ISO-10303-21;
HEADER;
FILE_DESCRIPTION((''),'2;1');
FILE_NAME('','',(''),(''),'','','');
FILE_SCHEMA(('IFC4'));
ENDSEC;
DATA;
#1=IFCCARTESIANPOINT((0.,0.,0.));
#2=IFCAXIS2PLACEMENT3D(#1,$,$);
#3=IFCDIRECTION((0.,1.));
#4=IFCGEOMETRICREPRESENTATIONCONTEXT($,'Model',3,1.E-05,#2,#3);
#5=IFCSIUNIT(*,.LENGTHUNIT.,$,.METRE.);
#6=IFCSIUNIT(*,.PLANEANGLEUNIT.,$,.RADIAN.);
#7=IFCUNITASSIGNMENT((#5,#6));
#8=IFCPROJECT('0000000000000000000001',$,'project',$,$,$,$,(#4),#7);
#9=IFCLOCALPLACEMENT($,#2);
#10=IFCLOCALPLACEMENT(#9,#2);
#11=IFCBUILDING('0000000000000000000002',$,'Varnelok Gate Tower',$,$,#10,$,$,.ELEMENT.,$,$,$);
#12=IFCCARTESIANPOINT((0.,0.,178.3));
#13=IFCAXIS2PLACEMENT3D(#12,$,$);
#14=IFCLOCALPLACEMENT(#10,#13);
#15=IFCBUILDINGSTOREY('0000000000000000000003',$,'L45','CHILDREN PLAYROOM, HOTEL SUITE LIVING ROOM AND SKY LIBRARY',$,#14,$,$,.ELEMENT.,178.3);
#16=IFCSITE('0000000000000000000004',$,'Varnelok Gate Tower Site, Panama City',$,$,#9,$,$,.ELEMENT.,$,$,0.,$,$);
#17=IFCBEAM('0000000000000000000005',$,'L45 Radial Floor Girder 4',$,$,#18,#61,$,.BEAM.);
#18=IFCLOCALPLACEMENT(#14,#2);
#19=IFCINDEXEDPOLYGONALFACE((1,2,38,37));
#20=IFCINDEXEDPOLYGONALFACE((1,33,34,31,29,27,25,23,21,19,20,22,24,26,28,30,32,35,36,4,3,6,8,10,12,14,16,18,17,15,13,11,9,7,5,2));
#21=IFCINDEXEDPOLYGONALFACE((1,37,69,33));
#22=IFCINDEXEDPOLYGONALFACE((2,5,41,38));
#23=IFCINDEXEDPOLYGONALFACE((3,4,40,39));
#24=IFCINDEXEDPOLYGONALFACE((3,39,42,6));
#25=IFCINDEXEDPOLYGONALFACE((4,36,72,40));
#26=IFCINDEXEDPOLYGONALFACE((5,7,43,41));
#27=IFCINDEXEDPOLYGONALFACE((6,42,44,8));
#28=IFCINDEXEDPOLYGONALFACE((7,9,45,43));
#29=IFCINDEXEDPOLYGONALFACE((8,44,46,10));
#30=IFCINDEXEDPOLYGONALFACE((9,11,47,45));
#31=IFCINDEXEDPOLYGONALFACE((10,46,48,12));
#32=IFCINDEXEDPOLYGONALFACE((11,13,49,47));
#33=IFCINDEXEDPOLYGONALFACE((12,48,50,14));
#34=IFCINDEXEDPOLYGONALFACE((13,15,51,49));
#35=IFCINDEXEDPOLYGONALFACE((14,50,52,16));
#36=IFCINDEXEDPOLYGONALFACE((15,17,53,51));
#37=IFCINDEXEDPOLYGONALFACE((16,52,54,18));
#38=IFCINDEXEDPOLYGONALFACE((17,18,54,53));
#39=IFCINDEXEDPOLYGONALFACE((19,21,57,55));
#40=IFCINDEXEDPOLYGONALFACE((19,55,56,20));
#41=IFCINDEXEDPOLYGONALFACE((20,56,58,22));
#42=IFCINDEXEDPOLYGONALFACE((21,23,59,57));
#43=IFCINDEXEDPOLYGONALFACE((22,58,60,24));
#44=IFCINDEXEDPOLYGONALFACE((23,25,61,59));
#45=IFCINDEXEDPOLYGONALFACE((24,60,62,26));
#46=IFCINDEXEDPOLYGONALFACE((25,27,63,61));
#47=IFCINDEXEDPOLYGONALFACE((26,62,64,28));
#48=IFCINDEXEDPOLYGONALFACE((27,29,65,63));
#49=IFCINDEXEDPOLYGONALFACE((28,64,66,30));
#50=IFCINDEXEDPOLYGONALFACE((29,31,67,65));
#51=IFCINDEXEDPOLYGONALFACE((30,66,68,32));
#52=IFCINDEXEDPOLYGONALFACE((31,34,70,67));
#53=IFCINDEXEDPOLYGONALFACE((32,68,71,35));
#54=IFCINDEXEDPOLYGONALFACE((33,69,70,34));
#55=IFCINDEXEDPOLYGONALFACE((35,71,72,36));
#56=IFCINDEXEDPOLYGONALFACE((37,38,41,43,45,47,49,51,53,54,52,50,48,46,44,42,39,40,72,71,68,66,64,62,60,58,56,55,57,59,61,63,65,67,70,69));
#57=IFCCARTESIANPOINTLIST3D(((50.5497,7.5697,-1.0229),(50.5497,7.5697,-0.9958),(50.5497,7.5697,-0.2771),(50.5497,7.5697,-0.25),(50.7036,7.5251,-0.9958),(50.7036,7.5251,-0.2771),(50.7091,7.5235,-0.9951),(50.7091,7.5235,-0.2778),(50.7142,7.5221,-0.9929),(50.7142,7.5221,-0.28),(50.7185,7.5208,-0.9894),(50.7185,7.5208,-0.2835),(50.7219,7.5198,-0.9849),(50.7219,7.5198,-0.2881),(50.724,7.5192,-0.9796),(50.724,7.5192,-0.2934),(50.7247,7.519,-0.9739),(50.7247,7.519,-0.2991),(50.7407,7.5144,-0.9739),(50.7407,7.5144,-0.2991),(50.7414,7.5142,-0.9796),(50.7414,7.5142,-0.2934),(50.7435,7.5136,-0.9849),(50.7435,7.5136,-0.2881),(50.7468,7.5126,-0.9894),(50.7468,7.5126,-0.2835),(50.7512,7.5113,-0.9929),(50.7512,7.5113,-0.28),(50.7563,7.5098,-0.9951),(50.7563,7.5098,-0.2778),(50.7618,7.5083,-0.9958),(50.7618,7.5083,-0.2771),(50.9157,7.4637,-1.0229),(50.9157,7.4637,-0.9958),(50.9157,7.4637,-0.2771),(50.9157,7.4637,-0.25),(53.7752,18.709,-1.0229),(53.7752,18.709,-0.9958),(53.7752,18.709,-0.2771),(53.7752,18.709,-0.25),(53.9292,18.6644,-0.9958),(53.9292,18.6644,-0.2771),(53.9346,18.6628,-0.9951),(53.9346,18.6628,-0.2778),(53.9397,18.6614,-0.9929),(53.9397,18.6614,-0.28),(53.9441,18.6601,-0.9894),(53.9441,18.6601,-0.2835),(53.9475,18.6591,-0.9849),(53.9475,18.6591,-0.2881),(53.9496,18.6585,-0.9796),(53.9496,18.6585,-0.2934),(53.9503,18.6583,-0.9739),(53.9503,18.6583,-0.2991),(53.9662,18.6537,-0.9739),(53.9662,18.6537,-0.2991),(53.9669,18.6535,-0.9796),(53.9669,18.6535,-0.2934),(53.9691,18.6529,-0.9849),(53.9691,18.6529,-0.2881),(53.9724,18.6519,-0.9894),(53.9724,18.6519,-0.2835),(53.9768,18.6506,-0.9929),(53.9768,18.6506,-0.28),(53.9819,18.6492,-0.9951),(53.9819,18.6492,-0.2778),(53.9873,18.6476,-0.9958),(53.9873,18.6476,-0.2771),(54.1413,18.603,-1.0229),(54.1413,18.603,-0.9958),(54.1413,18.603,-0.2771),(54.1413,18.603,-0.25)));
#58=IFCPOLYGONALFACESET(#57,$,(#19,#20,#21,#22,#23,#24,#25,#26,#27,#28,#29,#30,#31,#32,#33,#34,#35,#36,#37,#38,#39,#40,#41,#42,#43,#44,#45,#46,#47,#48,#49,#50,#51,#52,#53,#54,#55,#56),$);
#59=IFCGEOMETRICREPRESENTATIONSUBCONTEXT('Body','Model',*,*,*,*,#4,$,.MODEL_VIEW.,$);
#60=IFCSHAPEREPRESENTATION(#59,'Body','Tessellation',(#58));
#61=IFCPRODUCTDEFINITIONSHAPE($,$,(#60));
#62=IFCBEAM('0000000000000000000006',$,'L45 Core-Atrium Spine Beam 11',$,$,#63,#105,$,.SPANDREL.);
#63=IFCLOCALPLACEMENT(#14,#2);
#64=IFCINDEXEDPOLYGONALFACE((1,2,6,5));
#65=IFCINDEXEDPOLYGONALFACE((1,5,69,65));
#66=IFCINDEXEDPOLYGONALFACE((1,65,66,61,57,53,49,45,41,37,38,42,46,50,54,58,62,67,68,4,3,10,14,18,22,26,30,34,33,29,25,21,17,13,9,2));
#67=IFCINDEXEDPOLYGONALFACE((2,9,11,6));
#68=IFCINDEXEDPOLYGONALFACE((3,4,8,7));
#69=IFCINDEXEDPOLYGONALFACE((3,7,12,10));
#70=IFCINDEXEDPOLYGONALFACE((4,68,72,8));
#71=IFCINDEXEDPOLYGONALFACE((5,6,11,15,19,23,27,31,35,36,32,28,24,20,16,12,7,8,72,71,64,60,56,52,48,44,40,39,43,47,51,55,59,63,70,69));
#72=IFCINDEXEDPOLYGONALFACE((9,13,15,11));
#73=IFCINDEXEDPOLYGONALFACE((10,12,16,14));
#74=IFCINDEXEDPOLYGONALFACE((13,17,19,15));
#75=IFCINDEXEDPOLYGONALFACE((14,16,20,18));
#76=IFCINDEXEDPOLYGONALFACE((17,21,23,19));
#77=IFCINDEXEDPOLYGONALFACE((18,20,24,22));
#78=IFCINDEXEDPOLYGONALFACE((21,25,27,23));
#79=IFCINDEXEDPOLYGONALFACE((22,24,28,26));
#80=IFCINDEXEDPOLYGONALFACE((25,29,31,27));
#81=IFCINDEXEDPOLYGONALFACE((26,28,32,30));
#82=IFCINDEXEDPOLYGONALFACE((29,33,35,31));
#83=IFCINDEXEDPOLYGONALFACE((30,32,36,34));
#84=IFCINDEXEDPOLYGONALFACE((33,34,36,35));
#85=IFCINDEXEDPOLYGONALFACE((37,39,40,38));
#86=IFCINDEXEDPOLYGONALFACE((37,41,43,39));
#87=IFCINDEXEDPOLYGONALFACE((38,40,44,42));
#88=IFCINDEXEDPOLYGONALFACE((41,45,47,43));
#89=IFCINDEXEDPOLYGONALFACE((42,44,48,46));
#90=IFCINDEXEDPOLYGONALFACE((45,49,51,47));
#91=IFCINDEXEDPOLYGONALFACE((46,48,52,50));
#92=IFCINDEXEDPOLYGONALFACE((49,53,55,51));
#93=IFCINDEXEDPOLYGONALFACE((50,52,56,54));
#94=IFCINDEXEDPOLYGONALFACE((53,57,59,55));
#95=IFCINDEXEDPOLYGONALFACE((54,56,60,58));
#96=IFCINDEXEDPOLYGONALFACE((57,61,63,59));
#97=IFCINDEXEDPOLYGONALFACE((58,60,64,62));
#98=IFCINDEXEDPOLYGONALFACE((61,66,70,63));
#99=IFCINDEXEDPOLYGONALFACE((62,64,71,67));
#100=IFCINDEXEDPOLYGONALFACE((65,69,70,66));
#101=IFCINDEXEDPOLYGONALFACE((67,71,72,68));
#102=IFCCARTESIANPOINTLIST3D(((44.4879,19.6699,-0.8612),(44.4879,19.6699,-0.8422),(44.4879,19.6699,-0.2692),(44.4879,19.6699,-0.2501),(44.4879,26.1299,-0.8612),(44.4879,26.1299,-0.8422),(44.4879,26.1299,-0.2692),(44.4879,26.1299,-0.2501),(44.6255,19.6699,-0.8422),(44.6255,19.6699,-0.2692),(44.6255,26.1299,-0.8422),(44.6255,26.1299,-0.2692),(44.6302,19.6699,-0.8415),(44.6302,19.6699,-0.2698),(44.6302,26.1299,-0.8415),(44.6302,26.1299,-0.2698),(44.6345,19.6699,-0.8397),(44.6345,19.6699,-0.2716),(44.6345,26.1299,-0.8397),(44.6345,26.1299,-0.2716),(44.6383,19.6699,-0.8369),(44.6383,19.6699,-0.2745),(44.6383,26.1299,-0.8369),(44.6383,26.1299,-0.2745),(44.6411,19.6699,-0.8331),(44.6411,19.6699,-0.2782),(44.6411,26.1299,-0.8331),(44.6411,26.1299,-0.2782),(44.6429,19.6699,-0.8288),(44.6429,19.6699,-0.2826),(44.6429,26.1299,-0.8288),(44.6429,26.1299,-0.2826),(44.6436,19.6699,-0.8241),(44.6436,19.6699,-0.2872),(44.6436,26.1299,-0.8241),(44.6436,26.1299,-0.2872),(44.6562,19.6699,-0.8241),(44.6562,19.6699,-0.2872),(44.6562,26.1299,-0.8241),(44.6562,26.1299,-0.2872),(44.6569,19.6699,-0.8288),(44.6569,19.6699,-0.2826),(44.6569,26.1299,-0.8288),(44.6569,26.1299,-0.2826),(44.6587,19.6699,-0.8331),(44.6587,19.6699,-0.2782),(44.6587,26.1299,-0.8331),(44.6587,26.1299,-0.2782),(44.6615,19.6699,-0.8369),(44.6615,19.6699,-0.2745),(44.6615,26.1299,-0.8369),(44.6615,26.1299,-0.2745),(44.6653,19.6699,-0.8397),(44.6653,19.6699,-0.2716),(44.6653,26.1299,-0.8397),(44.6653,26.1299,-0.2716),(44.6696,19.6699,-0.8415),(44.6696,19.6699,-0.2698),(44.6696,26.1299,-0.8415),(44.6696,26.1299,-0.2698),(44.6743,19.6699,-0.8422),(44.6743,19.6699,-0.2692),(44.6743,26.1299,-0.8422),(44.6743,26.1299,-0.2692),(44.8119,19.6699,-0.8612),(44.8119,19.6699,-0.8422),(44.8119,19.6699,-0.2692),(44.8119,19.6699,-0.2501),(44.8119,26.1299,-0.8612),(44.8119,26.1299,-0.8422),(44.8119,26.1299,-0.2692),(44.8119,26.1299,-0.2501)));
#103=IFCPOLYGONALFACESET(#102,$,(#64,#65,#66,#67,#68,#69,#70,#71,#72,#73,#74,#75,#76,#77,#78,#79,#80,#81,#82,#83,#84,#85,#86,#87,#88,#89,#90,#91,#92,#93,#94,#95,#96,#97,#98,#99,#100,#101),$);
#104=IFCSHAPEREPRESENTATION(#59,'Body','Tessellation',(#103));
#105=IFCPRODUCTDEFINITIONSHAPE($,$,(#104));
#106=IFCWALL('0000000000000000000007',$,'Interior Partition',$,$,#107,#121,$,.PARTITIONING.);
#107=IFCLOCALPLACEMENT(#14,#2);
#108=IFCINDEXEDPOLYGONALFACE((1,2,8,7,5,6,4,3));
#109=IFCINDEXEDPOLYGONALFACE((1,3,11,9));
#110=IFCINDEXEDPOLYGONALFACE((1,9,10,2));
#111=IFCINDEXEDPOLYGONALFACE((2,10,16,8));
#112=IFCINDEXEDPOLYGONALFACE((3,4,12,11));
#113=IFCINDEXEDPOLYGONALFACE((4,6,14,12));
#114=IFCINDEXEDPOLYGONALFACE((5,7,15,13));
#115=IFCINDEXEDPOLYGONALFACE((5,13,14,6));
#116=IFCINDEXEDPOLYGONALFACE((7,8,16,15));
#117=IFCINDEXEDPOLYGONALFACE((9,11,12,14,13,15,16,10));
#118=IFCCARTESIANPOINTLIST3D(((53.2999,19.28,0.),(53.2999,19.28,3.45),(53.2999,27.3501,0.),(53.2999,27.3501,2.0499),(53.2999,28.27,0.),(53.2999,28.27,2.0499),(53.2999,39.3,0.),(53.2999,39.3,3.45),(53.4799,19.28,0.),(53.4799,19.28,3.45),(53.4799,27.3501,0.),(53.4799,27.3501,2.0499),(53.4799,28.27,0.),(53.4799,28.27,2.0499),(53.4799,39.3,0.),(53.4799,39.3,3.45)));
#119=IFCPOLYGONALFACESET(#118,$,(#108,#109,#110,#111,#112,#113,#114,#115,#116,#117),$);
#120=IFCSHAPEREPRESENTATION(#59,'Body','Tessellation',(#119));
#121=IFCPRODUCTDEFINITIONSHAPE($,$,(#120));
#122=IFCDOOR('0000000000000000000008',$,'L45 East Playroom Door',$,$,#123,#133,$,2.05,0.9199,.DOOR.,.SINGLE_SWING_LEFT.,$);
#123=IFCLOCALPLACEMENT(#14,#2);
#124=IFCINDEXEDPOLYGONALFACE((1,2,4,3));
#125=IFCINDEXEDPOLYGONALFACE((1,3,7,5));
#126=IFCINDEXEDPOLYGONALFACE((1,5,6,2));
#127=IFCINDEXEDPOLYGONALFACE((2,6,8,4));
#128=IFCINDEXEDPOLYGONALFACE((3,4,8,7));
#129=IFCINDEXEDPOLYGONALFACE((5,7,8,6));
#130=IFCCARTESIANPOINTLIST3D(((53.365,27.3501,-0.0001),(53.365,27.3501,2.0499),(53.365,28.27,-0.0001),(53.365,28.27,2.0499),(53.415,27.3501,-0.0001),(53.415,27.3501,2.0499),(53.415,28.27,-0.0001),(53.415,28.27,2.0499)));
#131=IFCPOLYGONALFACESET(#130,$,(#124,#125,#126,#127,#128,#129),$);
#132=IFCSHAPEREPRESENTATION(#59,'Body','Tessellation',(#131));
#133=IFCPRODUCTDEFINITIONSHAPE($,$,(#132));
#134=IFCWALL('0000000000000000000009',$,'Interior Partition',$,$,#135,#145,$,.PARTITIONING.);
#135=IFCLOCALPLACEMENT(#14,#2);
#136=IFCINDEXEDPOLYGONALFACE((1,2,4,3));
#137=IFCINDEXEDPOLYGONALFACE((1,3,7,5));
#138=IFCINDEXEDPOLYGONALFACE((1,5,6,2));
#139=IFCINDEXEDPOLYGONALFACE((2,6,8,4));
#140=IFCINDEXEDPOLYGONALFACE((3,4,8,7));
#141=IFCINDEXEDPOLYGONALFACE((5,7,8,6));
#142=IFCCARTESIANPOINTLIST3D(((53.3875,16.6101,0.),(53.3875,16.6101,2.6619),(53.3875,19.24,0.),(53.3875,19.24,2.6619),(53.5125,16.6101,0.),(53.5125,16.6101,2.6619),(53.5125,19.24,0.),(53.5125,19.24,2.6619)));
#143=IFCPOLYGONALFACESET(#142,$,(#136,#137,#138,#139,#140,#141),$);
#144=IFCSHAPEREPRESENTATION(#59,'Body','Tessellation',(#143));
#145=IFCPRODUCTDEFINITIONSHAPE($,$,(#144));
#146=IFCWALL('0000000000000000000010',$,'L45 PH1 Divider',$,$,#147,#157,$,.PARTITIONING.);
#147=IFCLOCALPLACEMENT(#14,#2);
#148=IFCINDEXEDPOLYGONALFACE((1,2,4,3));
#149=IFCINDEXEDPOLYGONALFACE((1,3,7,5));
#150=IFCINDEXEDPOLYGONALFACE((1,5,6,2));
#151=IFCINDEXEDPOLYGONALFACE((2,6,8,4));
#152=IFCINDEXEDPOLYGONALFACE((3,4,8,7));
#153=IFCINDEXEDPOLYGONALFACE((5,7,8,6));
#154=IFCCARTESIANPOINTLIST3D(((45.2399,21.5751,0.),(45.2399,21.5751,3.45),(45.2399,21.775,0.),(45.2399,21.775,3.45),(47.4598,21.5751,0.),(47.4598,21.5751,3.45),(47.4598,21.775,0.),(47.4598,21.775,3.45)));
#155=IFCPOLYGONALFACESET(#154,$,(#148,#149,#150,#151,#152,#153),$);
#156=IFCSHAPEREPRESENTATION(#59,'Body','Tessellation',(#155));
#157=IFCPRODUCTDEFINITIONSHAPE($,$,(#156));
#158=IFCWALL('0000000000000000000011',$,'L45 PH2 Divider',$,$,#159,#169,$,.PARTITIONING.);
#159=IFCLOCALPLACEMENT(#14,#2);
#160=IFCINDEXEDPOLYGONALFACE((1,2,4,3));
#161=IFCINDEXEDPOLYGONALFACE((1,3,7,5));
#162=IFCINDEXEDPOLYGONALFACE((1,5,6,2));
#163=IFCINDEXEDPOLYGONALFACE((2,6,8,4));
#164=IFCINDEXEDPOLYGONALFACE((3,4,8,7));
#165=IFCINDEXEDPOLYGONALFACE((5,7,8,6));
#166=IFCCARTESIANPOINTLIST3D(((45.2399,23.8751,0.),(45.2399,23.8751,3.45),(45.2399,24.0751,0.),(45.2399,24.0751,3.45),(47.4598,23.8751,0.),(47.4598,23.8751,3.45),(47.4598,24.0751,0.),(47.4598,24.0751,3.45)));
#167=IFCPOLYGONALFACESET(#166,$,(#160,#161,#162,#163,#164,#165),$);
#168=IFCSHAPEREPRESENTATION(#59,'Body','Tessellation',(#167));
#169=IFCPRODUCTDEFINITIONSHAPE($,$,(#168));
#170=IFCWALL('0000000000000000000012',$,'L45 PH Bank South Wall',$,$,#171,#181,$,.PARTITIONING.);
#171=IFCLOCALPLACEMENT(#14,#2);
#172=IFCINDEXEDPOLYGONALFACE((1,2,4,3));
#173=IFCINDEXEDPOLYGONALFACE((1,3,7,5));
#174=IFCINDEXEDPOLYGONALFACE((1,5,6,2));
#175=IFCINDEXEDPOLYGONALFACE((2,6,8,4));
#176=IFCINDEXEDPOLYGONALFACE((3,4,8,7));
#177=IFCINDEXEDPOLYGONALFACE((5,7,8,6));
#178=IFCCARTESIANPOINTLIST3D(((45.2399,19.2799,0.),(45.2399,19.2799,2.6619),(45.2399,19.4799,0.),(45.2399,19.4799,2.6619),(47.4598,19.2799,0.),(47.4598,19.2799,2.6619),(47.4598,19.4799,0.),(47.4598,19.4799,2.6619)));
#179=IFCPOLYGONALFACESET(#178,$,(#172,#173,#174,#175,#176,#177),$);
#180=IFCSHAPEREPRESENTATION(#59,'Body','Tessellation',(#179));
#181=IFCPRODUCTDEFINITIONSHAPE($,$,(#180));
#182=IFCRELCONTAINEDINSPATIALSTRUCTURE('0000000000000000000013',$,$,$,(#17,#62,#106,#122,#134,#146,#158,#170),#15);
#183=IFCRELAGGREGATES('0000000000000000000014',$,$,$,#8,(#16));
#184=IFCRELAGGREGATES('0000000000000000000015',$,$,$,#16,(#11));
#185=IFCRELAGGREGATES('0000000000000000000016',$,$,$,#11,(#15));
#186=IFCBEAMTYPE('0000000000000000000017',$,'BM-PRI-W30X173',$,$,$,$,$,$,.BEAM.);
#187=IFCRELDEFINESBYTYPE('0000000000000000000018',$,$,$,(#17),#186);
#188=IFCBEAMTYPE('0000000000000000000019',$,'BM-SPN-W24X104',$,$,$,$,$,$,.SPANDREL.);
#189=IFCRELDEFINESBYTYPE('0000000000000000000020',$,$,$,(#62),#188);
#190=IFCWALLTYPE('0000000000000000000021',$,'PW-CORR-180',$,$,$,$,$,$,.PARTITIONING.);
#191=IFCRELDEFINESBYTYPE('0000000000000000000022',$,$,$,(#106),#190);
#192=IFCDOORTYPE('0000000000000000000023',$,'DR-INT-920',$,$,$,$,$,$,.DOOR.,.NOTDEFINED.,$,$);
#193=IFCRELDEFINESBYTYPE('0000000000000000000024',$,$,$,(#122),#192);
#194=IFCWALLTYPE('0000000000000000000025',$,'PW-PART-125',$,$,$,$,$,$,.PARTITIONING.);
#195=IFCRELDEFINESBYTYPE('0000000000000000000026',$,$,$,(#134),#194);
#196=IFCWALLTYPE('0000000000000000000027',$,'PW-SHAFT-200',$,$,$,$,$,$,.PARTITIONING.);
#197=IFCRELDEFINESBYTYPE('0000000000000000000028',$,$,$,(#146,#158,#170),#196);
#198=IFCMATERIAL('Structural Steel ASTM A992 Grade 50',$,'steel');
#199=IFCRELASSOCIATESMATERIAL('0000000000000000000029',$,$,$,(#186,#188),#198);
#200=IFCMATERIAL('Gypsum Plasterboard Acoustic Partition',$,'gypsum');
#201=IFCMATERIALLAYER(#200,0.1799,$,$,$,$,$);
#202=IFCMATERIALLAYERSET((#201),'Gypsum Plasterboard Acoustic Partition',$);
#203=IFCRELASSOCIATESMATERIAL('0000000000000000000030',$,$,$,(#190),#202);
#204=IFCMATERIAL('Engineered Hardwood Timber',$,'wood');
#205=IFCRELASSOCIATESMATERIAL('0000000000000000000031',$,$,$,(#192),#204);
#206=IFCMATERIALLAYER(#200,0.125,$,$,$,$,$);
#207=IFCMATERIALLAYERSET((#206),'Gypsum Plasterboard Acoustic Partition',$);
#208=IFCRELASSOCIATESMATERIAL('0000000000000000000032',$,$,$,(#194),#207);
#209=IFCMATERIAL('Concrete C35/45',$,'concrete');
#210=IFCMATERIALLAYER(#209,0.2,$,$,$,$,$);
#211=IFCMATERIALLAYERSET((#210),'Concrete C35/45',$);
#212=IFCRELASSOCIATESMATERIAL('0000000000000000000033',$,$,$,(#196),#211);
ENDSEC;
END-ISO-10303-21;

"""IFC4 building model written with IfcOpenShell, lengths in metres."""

from ifc_helpers import new_model, si_unit, direction, frame, frame_2d, origin, origin_2d, place, context, subcontext, project, spatial, rectangle, i_section, extrude, material, layer, layer_set, material_profile, profile_set, type_object, element, fill, save


model = new_model("IFC4")

# Units and contexts
model_context = context("Model", 3, precision=1e-05, world=origin(), true_north=direction((0.0, 1.0)))
body_context = subcontext(model_context, "Body", "Model", "MODEL_VIEW")
ifc_project = project(units=[si_unit("LENGTHUNIT", "METRE"), si_unit("PLANEANGLEUNIT", "RADIAN")], contexts=[model_context])

# Site, building, storey
site_placement = place(None, origin())
site = spatial("IfcSite", under=ifc_project, at=site_placement, Name="Varnelok Gate Tower Site, Panama City", CompositionType="ELEMENT", RefElevation=0.0)
building_placement = place(site_placement, origin())
building = spatial("IfcBuilding", under=site, at=building_placement, Name="Varnelok Gate Tower", CompositionType="ELEMENT")
storey_placement = place(building_placement, frame((0.0, 0.0, 178.3)))
storey = spatial("IfcBuildingStorey", under=building, at=storey_placement, Name="L45", Description="CHILDREN PLAYROOM, HOTEL SUITE LIVING ROOM AND SKY LIBRARY", CompositionType="ELEMENT", Elevation=178.3)

# Shared definitions
ifc_material_1 = material(Name="Structural Steel ASTM A992 Grade 50", Category="steel")

# Beams
ifc_material_profile_1 = material_profile(ifc_material_1, i_section(OverallWidth=0.3811, OverallDepth=0.7729, WebThickness=0.0166, FlangeThickness=0.0271, FilletRadius=0.022, at=origin_2d()), Name="W30X173")
ifc_profile_set_1 = profile_set([ifc_material_profile_1], Name="Structural Steel ASTM A992 Grade 50")
beam_type_1 = type_object("IfcBeamType", Name="BM-PRI-W30X173", PredefinedType="BEAM", material=ifc_profile_set_1)
beam_1_placement = place(storey_placement, frame((53.9583, 18.656, -0.6365), z_axis=(-0.278139, -0.960541, 0.0), x_axis=(0.960541, -0.278139, 0.0)))
element("IfcBeam", 1, at=beam_1_placement, inside=storey, type_object=beam_type_1, Name="L45 Radial Floor Girder 4", PredefinedType="BEAM", context=body_context, shape_type="SweptSolid", body=[
    extrude(i_section(OverallWidth=0.3811, OverallDepth=0.7729, WebThickness=0.0166, FlangeThickness=0.0271, FilletRadius=0.022, at=origin_2d()), origin(), (0.0, 0.0, 1.0), 11.5969),
])
ifc_material_profile_2 = material_profile(ifc_material_1, i_section(OverallWidth=0.324, OverallDepth=0.6111, WebThickness=0.0127, FlangeThickness=0.019, FilletRadius=0.0181, at=origin_2d()), Name="W24X104")
ifc_profile_set_2 = profile_set([ifc_material_profile_2], Name="Structural Steel ASTM A992 Grade 50")
beam_type_2 = type_object("IfcBeamType", Name="BM-SPN-W24X104", PredefinedType="SPANDREL", material=ifc_profile_set_2)
beam_2_placement = place(storey_placement, frame((44.6499, 19.6699, -0.5557), z_axis=(0.0, 1.0, 0.0), x_axis=(-1.0, 0.0, 0.0)))
element("IfcBeam", 2, at=beam_2_placement, inside=storey, type_object=beam_type_2, Name="L45 Core-Atrium Spine Beam 11", PredefinedType="SPANDREL", context=body_context, shape_type="SweptSolid", body=[
    extrude(i_section(OverallWidth=0.324, OverallDepth=0.6111, WebThickness=0.0127, FlangeThickness=0.019, FilletRadius=0.0181, at=origin_2d()), origin(), (0.0, 0.0, 1.0), 6.46),
])

# Wall, opening, door
ifc_material_2 = material(Name="Gypsum Plasterboard Acoustic Partition", Category="gypsum")
ifc_layer_1 = layer(ifc_material_2, 0.1799)
ifc_layer_set_1 = layer_set([ifc_layer_1], Name="Gypsum Plasterboard Acoustic Partition")
wall_type_1 = type_object("IfcWallType", Name="PW-CORR-180", PredefinedType="PARTITIONING", material=ifc_layer_set_1)
wall_1_placement = place(storey_placement, frame((53.3899, 19.28, 0.0), z_axis=(0.0, 0.0, 1.0), x_axis=(0.0, 1.0, 0.0)))
wall_1 = element("IfcWall", 3, at=wall_1_placement, inside=storey, type_object=wall_type_1, Name="Interior Partition", PredefinedType="PARTITIONING", context=body_context, shape_type="SweptSolid", body=[
    extrude(rectangle(XDim=20.02, YDim=0.1799, at=frame_2d((10.01, 0.0))), origin(), (0.0, 0.0, 1.0), 3.45),
])
opening_placement = place(wall_1_placement, frame((8.0701, 0.0, 0.0)))
opening = element("IfcOpeningElement", 4, at=opening_placement, cuts=wall_1, PredefinedType="OPENING", context=body_context, shape_type="SweptSolid", body=[
    extrude(rectangle(XDim=0.9199, YDim=2.05, at=frame_2d((0.46, 1.0249))), frame((0.0, 0.0999, 0.0), z_axis=(0.0, -1.0, 0.0), x_axis=(1.0, 0.0, 0.0)), (0.0, 0.0, 1.0), 0.2),
])
ifc_material_3 = material(Name="Engineered Hardwood Timber", Category="wood")
door_type = type_object("IfcDoorType", Name="DR-INT-920", OperationType="NOTDEFINED", PredefinedType="DOOR", material=ifc_material_3)
door_placement = place(opening_placement, origin())
door = element("IfcDoor", 5, at=door_placement, inside=storey, type_object=door_type, Name="L45 East Playroom Door", OperationType="SINGLE_SWING_LEFT", OverallHeight=2.05, OverallWidth=0.9199, PredefinedType="DOOR", context=body_context, shape_type="SweptSolid", body=[
    extrude(rectangle(XDim=0.9199, YDim=2.05, at=frame_2d((0.46, 1.0249))), frame((0.0, 0.0249, 0.0), z_axis=(0.0, -1.0, 0.0), x_axis=(1.0, 0.0, 0.0)), (0.0, 0.0, 1.0), 0.05),
])
fill(opening, door)

# Walls
ifc_layer_2 = layer(ifc_material_2, 0.125)
ifc_layer_set_2 = layer_set([ifc_layer_2], Name="Gypsum Plasterboard Acoustic Partition")
wall_type_2 = type_object("IfcWallType", Name="PW-PART-125", PredefinedType="PARTITIONING", material=ifc_layer_set_2)
wall_2_placement = place(storey_placement, frame((53.45, 16.6101, 0.0), z_axis=(0.0, 0.0, 1.0), x_axis=(0.0, 1.0, 0.0)))
element("IfcWall", 6, at=wall_2_placement, inside=storey, type_object=wall_type_2, Name="Interior Partition", PredefinedType="PARTITIONING", context=body_context, shape_type="SweptSolid", body=[
    extrude(rectangle(XDim=2.6299, YDim=0.125, at=frame_2d((1.3149, 0.0))), origin(), (0.0, 0.0, 1.0), 2.6619),
])
ifc_material_4 = material(Name="Concrete C35/45", Category="concrete")
ifc_layer_3 = layer(ifc_material_4, 0.2)
ifc_layer_set_3 = layer_set([ifc_layer_3], Name="Concrete C35/45")
wall_type_3 = type_object("IfcWallType", Name="PW-SHAFT-200", PredefinedType="PARTITIONING", material=ifc_layer_set_3)
for number, where, z_axis, x_axis, name in (
    (7, (45.24, 21.675, 0.0), (0.0, 0.0, 1.0), (1.0, 0.0, 0.0), "L45 PH1 Divider"),
    (8, (45.24, 23.9751, 0.0), (0.0, 0.0, 1.0), (1.0, 0.0, 0.0), "L45 PH2 Divider"),
):
    element("IfcWall", number, at=place(storey_placement, frame(where, z_axis=z_axis, x_axis=x_axis)), inside=storey, type_object=wall_type_3, Name=name, PredefinedType="PARTITIONING", context=body_context, shape_type="SweptSolid", body=[
        extrude(rectangle(XDim=2.22, YDim=0.2, at=frame_2d((1.1099, 0.0))), origin(), (0.0, 0.0, 1.0), 3.45),
    ])
wall_3_placement = place(storey_placement, frame((45.24, 19.3799, 0.0), z_axis=(0.0, 0.0, 1.0), x_axis=(1.0, 0.0, 0.0)))
element("IfcWall", 9, at=wall_3_placement, inside=storey, type_object=wall_type_3, Name="L45 PH Bank South Wall", PredefinedType="PARTITIONING", context=body_context, shape_type="SweptSolid", body=[
    extrude(rectangle(XDim=2.22, YDim=0.2, at=frame_2d((1.1099, 0.0))), origin(), (0.0, 0.0, 1.0), 2.6619),
])

save(model, "model.ifc")
